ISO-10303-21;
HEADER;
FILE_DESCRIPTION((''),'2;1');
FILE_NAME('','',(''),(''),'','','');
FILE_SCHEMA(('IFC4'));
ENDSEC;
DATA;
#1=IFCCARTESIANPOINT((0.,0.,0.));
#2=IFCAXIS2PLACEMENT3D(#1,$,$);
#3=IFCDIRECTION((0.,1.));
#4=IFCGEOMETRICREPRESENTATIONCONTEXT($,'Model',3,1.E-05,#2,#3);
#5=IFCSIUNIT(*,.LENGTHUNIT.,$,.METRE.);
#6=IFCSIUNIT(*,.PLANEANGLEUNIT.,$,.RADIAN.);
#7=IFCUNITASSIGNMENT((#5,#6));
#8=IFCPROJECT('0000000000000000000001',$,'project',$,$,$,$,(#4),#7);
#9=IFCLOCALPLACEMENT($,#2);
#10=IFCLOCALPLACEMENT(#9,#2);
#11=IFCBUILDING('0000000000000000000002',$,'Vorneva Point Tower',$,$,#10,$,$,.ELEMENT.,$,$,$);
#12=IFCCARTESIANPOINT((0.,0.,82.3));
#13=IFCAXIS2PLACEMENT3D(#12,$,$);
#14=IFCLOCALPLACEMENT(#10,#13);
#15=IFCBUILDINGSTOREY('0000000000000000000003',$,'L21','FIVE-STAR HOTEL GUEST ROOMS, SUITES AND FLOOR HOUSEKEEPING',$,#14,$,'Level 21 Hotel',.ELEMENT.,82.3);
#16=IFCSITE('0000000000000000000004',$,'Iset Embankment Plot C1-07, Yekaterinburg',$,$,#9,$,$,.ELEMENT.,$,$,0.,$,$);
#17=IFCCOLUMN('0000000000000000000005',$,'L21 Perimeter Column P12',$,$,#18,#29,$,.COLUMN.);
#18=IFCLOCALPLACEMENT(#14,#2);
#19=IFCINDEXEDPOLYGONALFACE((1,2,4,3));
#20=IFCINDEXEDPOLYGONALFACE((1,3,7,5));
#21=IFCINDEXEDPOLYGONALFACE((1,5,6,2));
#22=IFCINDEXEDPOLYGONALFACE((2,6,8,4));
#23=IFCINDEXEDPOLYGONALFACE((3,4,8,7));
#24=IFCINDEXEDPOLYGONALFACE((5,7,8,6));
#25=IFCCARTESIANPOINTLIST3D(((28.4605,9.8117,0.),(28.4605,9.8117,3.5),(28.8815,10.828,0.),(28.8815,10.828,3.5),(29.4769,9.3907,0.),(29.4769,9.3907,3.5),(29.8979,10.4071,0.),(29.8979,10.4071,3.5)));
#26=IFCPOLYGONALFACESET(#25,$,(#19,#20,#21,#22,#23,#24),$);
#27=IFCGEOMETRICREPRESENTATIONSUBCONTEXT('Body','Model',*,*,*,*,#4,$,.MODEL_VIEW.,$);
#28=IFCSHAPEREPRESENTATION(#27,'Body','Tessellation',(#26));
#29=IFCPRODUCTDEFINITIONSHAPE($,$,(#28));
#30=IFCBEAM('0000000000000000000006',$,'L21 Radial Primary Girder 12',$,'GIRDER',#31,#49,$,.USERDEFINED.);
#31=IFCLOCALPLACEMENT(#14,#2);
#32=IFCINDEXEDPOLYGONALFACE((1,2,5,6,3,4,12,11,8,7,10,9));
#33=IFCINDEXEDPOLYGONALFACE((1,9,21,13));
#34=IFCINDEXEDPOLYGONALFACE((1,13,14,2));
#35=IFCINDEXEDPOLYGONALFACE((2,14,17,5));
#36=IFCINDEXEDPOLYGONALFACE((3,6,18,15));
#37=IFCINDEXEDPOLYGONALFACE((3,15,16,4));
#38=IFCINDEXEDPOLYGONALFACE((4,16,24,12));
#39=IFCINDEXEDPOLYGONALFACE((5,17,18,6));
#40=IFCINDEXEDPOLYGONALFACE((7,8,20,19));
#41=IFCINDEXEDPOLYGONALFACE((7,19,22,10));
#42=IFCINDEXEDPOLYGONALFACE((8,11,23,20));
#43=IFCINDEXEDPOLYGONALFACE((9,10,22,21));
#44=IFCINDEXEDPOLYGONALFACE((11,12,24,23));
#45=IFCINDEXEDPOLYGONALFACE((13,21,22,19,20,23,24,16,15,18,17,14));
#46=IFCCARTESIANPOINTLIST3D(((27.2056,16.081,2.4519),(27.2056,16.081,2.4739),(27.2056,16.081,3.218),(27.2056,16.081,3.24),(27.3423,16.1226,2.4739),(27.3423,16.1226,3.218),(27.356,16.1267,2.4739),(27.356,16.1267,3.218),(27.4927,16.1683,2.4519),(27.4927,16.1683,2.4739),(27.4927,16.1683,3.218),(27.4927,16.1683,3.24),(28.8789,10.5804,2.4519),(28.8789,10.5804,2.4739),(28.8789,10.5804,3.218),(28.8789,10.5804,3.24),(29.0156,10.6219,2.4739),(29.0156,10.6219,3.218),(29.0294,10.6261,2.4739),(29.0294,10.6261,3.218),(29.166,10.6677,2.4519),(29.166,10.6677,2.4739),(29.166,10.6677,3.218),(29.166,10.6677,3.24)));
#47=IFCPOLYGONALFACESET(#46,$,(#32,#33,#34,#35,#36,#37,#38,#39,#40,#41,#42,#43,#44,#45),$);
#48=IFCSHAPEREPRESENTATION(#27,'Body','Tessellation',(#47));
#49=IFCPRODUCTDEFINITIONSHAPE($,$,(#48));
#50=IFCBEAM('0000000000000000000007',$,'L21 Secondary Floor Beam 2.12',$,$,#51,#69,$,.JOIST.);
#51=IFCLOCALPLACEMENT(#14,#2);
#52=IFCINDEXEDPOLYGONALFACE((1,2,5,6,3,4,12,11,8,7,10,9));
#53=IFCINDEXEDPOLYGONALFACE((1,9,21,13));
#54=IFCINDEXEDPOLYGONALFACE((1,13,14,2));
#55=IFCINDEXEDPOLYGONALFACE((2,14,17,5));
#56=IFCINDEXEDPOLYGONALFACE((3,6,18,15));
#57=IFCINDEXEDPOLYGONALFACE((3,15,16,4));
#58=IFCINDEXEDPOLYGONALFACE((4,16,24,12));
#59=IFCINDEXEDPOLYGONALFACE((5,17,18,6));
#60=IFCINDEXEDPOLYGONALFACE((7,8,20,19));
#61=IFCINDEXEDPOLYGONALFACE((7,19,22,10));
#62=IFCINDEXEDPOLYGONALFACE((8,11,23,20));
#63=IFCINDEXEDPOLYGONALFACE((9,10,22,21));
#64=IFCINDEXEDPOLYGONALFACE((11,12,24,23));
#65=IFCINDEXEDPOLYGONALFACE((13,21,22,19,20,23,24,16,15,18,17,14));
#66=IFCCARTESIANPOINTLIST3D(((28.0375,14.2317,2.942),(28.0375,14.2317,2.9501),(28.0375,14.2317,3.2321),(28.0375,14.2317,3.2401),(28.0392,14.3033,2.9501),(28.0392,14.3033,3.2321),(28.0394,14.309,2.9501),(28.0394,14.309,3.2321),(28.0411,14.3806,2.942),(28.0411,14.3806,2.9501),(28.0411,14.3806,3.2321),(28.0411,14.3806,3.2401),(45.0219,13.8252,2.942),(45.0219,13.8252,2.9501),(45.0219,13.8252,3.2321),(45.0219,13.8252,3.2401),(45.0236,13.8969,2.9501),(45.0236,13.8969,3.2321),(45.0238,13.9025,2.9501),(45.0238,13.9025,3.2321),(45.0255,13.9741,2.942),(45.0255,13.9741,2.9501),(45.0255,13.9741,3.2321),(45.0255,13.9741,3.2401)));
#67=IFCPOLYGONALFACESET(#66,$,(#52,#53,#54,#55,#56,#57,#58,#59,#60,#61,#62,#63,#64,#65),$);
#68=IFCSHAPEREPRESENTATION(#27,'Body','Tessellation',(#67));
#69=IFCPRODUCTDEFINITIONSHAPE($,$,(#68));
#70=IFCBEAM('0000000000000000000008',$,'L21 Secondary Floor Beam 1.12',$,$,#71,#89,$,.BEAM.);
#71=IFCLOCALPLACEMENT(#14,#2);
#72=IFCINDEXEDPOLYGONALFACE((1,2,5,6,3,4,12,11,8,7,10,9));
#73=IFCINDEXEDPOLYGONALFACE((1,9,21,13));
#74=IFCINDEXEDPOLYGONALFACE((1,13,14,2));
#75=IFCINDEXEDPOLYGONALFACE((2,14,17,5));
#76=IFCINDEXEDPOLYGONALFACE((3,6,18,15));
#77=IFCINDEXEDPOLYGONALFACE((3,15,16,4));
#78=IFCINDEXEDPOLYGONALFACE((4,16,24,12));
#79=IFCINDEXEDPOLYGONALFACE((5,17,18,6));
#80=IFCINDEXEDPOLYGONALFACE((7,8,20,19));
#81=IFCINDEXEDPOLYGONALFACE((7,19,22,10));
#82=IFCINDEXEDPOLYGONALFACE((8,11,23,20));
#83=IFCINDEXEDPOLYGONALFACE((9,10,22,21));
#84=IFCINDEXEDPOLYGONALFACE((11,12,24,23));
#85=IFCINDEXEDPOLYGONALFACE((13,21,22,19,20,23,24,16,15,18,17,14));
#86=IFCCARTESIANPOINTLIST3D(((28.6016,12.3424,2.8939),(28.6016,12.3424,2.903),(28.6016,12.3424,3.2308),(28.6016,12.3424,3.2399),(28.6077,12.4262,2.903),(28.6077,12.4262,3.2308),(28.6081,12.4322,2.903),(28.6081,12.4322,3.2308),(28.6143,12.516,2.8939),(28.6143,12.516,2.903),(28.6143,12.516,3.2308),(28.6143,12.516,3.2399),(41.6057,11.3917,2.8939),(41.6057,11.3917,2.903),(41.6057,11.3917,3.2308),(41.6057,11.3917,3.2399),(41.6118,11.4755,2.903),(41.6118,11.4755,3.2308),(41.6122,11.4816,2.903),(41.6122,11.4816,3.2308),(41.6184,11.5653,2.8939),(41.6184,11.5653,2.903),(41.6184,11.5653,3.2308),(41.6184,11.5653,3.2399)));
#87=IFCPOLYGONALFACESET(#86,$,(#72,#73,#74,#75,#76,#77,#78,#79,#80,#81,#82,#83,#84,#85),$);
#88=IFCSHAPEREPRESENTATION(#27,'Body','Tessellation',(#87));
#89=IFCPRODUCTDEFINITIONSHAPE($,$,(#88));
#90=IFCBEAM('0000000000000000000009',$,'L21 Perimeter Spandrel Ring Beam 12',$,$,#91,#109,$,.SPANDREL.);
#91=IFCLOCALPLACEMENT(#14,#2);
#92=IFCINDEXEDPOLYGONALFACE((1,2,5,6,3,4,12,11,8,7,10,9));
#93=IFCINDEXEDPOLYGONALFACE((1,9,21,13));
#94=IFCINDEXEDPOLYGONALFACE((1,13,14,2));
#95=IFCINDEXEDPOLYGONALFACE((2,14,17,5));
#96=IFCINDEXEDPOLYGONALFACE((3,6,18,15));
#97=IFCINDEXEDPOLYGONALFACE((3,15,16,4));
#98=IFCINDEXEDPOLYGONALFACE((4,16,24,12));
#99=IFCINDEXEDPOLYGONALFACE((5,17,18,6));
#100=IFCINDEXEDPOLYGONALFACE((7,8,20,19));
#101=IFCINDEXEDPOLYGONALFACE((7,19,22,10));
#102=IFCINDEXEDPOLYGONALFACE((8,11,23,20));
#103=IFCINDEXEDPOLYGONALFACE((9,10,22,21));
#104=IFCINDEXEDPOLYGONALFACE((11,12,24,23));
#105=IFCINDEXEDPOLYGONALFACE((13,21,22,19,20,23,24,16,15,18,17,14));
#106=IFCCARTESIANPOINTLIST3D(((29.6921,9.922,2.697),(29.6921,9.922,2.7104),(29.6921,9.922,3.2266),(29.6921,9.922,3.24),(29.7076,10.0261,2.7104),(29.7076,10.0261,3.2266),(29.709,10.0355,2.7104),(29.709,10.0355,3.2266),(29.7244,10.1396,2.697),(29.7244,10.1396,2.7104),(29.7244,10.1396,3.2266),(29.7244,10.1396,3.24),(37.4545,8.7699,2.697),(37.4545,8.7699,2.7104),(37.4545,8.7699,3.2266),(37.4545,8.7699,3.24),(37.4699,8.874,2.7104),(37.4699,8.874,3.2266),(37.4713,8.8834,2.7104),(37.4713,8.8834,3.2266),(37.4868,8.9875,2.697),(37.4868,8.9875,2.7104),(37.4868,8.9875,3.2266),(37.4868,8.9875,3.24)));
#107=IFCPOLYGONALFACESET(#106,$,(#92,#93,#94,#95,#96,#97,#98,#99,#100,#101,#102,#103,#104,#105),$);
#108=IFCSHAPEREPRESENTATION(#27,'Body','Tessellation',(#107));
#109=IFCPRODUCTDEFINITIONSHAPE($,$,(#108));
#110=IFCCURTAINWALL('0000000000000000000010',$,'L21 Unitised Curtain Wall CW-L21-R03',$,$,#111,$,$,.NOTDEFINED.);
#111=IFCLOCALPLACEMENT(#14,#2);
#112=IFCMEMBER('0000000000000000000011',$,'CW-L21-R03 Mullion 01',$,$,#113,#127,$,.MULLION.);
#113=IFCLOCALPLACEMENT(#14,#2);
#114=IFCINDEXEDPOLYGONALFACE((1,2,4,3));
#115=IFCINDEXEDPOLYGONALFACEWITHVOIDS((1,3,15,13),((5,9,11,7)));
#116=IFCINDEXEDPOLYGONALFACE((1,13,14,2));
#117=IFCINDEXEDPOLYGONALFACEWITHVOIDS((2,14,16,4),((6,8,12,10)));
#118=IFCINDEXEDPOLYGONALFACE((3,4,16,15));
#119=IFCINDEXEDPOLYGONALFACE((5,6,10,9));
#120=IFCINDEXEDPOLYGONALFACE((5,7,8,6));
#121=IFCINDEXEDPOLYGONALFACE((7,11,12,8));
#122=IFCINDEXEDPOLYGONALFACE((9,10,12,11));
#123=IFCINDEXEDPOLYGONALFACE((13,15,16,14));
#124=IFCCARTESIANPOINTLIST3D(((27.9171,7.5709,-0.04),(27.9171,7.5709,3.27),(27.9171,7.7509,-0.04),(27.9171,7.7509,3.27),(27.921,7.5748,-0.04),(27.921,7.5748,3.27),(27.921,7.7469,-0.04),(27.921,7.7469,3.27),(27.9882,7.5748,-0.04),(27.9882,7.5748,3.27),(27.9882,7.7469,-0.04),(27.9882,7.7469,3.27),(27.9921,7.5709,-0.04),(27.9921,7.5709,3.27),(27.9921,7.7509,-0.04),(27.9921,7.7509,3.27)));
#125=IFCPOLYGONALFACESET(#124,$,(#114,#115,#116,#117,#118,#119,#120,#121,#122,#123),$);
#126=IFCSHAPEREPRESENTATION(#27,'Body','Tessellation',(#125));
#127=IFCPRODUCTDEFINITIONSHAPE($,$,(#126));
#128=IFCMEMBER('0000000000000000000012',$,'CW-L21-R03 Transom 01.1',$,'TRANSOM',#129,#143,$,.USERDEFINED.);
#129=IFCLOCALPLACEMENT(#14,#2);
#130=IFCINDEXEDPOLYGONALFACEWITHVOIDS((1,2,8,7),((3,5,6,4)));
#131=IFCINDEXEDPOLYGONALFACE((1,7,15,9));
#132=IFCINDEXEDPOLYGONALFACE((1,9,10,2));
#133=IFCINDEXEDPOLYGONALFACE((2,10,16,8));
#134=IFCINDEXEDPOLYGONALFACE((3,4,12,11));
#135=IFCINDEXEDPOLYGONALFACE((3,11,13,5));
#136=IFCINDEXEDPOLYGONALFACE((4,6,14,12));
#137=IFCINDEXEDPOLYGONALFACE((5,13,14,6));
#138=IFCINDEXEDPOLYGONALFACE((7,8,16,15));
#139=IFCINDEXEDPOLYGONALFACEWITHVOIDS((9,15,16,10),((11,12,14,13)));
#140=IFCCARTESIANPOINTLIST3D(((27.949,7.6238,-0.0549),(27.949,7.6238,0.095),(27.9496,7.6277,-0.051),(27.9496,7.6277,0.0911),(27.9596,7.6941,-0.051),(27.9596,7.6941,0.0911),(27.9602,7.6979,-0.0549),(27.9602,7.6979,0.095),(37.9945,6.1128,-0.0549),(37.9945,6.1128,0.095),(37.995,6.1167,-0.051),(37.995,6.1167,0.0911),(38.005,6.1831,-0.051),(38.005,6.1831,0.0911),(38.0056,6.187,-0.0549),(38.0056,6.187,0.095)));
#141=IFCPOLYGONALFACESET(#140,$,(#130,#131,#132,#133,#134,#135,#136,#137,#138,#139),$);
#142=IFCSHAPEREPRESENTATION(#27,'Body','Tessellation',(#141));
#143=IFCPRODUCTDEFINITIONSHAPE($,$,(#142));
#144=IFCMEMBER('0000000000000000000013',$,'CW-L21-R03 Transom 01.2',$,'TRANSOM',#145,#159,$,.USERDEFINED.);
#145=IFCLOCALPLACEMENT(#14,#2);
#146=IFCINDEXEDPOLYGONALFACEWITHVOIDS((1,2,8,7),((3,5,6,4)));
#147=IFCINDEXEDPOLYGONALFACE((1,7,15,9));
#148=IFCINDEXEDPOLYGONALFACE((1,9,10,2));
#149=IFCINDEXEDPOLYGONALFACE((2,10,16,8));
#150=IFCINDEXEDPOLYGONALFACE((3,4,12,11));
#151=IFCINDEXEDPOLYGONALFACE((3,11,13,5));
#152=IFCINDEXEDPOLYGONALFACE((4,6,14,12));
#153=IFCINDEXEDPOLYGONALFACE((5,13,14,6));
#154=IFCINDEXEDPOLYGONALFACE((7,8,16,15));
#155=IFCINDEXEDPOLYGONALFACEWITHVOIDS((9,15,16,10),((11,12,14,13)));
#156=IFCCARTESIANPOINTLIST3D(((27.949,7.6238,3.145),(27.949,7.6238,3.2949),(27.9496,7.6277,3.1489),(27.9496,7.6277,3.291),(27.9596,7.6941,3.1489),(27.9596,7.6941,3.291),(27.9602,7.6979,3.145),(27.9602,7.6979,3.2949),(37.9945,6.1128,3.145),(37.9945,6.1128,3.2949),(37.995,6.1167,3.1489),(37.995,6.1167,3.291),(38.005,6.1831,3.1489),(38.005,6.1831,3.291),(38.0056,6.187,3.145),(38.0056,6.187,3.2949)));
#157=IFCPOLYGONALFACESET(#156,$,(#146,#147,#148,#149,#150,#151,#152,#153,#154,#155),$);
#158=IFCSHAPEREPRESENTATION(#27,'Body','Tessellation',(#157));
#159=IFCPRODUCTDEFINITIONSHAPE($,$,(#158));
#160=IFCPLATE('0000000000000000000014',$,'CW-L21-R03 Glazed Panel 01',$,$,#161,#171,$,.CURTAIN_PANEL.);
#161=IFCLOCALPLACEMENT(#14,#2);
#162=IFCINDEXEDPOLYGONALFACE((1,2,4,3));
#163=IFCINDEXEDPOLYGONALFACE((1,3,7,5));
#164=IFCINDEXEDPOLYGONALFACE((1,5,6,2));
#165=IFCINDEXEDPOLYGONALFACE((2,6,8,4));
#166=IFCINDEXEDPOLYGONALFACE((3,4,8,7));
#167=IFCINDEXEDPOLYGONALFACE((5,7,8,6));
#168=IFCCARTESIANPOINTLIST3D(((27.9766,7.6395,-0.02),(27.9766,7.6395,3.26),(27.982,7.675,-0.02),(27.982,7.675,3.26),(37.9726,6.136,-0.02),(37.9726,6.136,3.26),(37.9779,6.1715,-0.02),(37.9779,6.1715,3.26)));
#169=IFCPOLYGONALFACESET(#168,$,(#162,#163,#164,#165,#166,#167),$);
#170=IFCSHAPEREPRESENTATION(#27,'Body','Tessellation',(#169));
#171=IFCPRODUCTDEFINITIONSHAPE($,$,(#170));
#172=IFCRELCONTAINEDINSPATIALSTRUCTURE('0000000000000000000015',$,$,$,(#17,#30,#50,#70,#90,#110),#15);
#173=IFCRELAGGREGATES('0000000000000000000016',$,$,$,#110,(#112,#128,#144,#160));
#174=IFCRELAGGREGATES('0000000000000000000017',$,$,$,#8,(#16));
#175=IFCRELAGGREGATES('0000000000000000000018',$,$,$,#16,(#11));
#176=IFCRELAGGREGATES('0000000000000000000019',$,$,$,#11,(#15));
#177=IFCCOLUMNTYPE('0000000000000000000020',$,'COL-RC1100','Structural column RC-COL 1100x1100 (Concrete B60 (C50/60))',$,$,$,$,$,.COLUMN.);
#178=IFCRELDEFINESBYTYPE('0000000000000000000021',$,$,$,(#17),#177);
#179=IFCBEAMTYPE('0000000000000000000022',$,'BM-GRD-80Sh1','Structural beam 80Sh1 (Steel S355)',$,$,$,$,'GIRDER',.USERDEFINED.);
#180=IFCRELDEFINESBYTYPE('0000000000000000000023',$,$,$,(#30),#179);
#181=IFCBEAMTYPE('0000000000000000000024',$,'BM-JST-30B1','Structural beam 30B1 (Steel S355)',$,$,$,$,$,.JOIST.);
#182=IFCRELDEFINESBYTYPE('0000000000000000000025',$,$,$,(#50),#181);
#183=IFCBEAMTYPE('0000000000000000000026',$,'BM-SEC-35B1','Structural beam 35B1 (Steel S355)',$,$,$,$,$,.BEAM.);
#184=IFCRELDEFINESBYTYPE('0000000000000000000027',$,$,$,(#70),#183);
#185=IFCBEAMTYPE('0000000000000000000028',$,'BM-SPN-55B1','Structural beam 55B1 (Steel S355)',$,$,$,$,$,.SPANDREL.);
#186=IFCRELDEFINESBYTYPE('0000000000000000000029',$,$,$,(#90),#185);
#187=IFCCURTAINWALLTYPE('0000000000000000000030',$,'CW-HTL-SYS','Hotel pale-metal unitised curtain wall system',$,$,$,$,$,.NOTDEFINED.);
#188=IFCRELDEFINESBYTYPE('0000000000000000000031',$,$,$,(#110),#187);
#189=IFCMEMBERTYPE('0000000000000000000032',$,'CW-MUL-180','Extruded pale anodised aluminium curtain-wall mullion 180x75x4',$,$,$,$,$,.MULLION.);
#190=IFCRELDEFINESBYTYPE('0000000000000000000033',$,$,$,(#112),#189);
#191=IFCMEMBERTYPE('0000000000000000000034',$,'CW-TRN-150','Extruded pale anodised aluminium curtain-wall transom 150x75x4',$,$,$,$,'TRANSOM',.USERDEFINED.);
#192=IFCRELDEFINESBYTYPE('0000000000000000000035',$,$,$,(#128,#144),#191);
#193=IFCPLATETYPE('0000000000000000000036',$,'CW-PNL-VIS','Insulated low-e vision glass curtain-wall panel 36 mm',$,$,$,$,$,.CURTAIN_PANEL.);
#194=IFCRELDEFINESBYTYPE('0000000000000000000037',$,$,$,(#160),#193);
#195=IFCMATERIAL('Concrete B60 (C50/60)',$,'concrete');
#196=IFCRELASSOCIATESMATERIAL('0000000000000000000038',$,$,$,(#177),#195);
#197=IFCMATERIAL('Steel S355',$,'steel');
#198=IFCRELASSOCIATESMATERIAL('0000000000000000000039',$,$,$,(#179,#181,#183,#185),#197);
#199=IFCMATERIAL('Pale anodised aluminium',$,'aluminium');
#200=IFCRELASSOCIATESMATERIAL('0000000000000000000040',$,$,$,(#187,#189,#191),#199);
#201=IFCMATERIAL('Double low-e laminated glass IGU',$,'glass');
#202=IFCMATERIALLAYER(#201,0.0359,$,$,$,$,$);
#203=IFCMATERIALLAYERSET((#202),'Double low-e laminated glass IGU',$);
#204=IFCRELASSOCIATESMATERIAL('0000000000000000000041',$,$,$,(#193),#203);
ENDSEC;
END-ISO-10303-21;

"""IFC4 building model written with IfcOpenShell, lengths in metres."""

from ifc_helpers import new_model, si_unit, direction, frame, origin, origin_2d, place, context, subcontext, project, spatial, rectangle, hollow_rectangle, i_section, extrude, material, layer, layer_set, material_profile, profile_set, type_object, element, aggregate, save


model = new_model("IFC4")

# Units and contexts
model_context = context("Model", 3, precision=1e-05, world=origin(), true_north=direction((0.0, 1.0)))
body_context = subcontext(model_context, "Body", "Model", "MODEL_VIEW")
ifc_project = project(units=[si_unit("LENGTHUNIT", "METRE"), si_unit("PLANEANGLEUNIT", "RADIAN")], contexts=[model_context])

# Site, building, storey
site_placement = place(None, origin())
site = spatial("IfcSite", under=ifc_project, at=site_placement, Name="Iset Embankment Plot C1-07, Yekaterinburg", CompositionType="ELEMENT", RefElevation=0.0)
building_placement = place(site_placement, origin())
building = spatial("IfcBuilding", under=site, at=building_placement, Name="Vorneva Point Tower", CompositionType="ELEMENT")
storey_placement = place(building_placement, frame((0.0, 0.0, 82.3)))
storey = spatial("IfcBuildingStorey", under=building, at=storey_placement, Name="L21", Description="FIVE-STAR HOTEL GUEST ROOMS, SUITES AND FLOOR HOUSEKEEPING", LongName="Level 21 Hotel", CompositionType="ELEMENT", Elevation=82.3)

# Column
ifc_material_1 = material(Name="Concrete B60 (C50/60)", Category="concrete")
ifc_material_profile_1 = material_profile(ifc_material_1, rectangle(XDim=1.1001, YDim=1.1001, at=origin_2d()), Name="RC-COL 1100x1100")
ifc_profile_set_1 = profile_set([ifc_material_profile_1], Name="Concrete B60 (C50/60)")
column_type = type_object("IfcColumnType", Name="COL-RC1100", Description="Structural column RC-COL 1100x1100 (Concrete B60 (C50/60))", PredefinedType="COLUMN", material=ifc_profile_set_1)
column_placement = place(storey_placement, frame((29.1792, 10.1094, 0.0), z_axis=(0.0, 0.0, 1.0), x_axis=(-0.382683, -0.92388, 0.0)))
element("IfcColumn", 1, at=column_placement, inside=storey, type_object=column_type, Name="L21 Perimeter Column P12", PredefinedType="COLUMN", context=body_context, shape_type="SweptSolid", body=[
    extrude(rectangle(XDim=1.1001, YDim=1.1001, at=origin_2d()), origin(), (0.0, 0.0, 1.0), 3.5),
])

# Beams
ifc_material_2 = material(Name="Steel S355", Category="steel")
ifc_material_profile_2 = material_profile(ifc_material_2, i_section(OverallWidth=0.3, OverallDepth=0.7881, WebThickness=0.0144, FlangeThickness=0.022, at=origin_2d()), Name="80Sh1")
ifc_profile_set_2 = profile_set([ifc_material_profile_2], Name="Steel S355")
beam_type_1 = type_object("IfcBeamType", Name="BM-GRD-80Sh1", Description="Structural beam 80Sh1 (Steel S355)", ElementType="GIRDER", PredefinedType="USERDEFINED", material=ifc_profile_set_2)
beam_1_placement = place(storey_placement, frame((29.0225, 10.624, 2.8459), z_axis=(-0.291035, 0.956712, 0.0), x_axis=(-0.956712, -0.291035, 0.0)))
element("IfcBeam", 2, at=beam_1_placement, inside=storey, type_object=beam_type_1, Name="L21 Radial Primary Girder 12", ObjectType="GIRDER", PredefinedType="USERDEFINED", context=body_context, shape_type="SweptSolid", body=[
    extrude(i_section(OverallWidth=0.3, OverallDepth=0.7881, WebThickness=0.0144, FlangeThickness=0.022, at=origin_2d()), origin(), (0.0, 0.0, 1.0), 5.7495),
])
ifc_material_profile_3 = material_profile(ifc_material_2, i_section(OverallWidth=0.1489, OverallDepth=0.2981, WebThickness=0.0056, FlangeThickness=0.0081, at=origin_2d()), Name="30B1")
ifc_profile_set_3 = profile_set([ifc_material_profile_3], Name="Steel S355")
beam_type_2 = type_object("IfcBeamType", Name="BM-JST-30B1", Description="Structural beam 30B1 (Steel S355)", PredefinedType="JOIST", material=ifc_profile_set_3)
beam_2_placement = place(storey_placement, frame((28.0393, 14.3062, 3.0911), z_axis=(0.999714, -0.023927, 0.0), x_axis=(0.023927, 0.999714, 0.0)))
element("IfcBeam", 3, at=beam_2_placement, inside=storey, type_object=beam_type_2, Name="L21 Secondary Floor Beam 2.12", PredefinedType="JOIST", context=body_context, shape_type="SweptSolid", body=[
    extrude(i_section(OverallWidth=0.1489, OverallDepth=0.2981, WebThickness=0.0056, FlangeThickness=0.0081, at=origin_2d()), origin(), (0.0, 0.0, 1.0), 16.9893),
])
ifc_material_profile_4 = material_profile(ifc_material_2, i_section(OverallWidth=0.1741, OverallDepth=0.3459, WebThickness=0.0061, FlangeThickness=0.009, at=origin_2d()), Name="35B1")
ifc_profile_set_4 = profile_set([ifc_material_profile_4], Name="Steel S355")
beam_type_3 = type_object("IfcBeamType", Name="BM-SEC-35B1", Description="Structural beam 35B1 (Steel S355)", PredefinedType="BEAM", material=ifc_profile_set_4)
beam_3_placement = place(storey_placement, frame((28.6079, 12.4292, 3.0669), z_axis=(0.997338, -0.072912, 0.0), x_axis=(0.072912, 0.997338, 0.0)))
element("IfcBeam", 4, at=beam_3_placement, inside=storey, type_object=beam_type_3, Name="L21 Secondary Floor Beam 1.12", PredefinedType="BEAM", context=body_context, shape_type="SweptSolid", body=[
    extrude(i_section(OverallWidth=0.1741, OverallDepth=0.3459, WebThickness=0.0061, FlangeThickness=0.009, at=origin_2d()), origin(), (0.0, 0.0, 1.0), 13.0388),
])
ifc_material_profile_5 = material_profile(ifc_material_2, i_section(OverallWidth=0.22, OverallDepth=0.543, WebThickness=0.0095, FlangeThickness=0.0134, at=origin_2d()), Name="55B1")
ifc_profile_set_5 = profile_set([ifc_material_profile_5], Name="Steel S355")
beam_type_4 = type_object("IfcBeamType", Name="BM-SPN-55B1", Description="Structural beam 55B1 (Steel S355)", PredefinedType="SPANDREL", material=ifc_profile_set_5)
beam_4_placement = place(storey_placement, frame((29.7083, 10.0308, 2.9685), z_axis=(0.989165, -0.146811, 0.0), x_axis=(0.146811, 0.989165, 0.0)))
element("IfcBeam", 5, at=beam_4_placement, inside=storey, type_object=beam_type_4, Name="L21 Perimeter Spandrel Ring Beam 12", PredefinedType="SPANDREL", context=body_context, shape_type="SweptSolid", body=[
    extrude(i_section(OverallWidth=0.22, OverallDepth=0.543, WebThickness=0.0095, FlangeThickness=0.0134, at=origin_2d()), origin(), (0.0, 0.0, 1.0), 7.8474),
])

# Curtain wall, members, plate
ifc_material_3 = material(Name="Pale anodised aluminium", Category="aluminium")
curtain_wall_type = type_object("IfcCurtainWallType", Name="CW-HTL-SYS", Description="Hotel pale-metal unitised curtain wall system", PredefinedType="NOTDEFINED", material=ifc_material_3)
curtain_wall_placement = place(storey_placement, origin())
curtain_wall = element("IfcCurtainWall", 6, at=curtain_wall_placement, inside=storey, type_object=curtain_wall_type, Name="L21 Unitised Curtain Wall CW-L21-R03", PredefinedType="NOTDEFINED")
ifc_material_profile_6 = material_profile(ifc_material_3, hollow_rectangle(XDim=0.075, YDim=0.1799, WallThickness=0.0039, at=origin_2d()), Name="AL-MUL 180x75x4")
ifc_profile_set_6 = profile_set([ifc_material_profile_6], Name="Pale anodised aluminium")
member_type_1 = type_object("IfcMemberType", Name="CW-MUL-180", Description="Extruded pale anodised aluminium curtain-wall mullion 180x75x4", PredefinedType="MULLION", material=ifc_profile_set_6)
member_1_placement = place(storey_placement, frame((27.9546, 7.6609, -0.04), z_axis=(0.0, 0.0, 1.0), x_axis=(1.0, 0.0, 0.0)))
member_1 = element("IfcMember", 7, at=member_1_placement, type_object=member_type_1, Name="CW-L21-R03 Mullion 01", PredefinedType="MULLION", context=body_context, shape_type="SweptSolid", body=[
    extrude(hollow_rectangle(XDim=0.075, YDim=0.1799, WallThickness=0.0039, at=origin_2d()), origin(), (0.0, 0.0, 1.0), 3.3101),
])
ifc_material_profile_7 = material_profile(ifc_material_3, hollow_rectangle(XDim=0.075, YDim=0.1499, WallThickness=0.0039, at=origin_2d()), Name="AL-TRN 150x75x4")
ifc_profile_set_7 = profile_set([ifc_material_profile_7], Name="Pale anodised aluminium")
member_type_2 = type_object("IfcMemberType", Name="CW-TRN-150", Description="Extruded pale anodised aluminium curtain-wall transom 150x75x4", ElementType="TRANSOM", PredefinedType="USERDEFINED", material=ifc_profile_set_7)
member_2_placement = place(storey_placement, frame((27.9546, 7.6609, 0.02), z_axis=(0.988876, -0.148742, 0.0), x_axis=(0.148742, 0.988876, 0.0)))
member_2 = element("IfcMember", 8, at=member_2_placement, type_object=member_type_2, Name="CW-L21-R03 Transom 01.1", ObjectType="TRANSOM", PredefinedType="USERDEFINED", context=body_context, shape_type="SweptSolid", body=[
    extrude(hollow_rectangle(XDim=0.075, YDim=0.1499, WallThickness=0.0039, at=origin_2d()), origin(), (0.0, 0.0, 1.0), 10.1584),
])
member_3_placement = place(storey_placement, frame((27.9546, 7.6609, 3.22), z_axis=(0.988876, -0.148742, 0.0), x_axis=(0.148742, 0.988876, 0.0)))
member_3 = element("IfcMember", 9, at=member_3_placement, type_object=member_type_2, Name="CW-L21-R03 Transom 01.2", ObjectType="TRANSOM", PredefinedType="USERDEFINED", context=body_context, shape_type="SweptSolid", body=[
    extrude(hollow_rectangle(XDim=0.075, YDim=0.1499, WallThickness=0.0039, at=origin_2d()), origin(), (0.0, 0.0, 1.0), 10.1584),
])
ifc_material_4 = material(Name="Double low-e laminated glass IGU", Category="glass")
ifc_layer_1 = layer(ifc_material_4, 0.0359)
ifc_layer_set_1 = layer_set([ifc_layer_1], Name="Double low-e laminated glass IGU")
plate_type = type_object("IfcPlateType", Name="CW-PNL-VIS", Description="Insulated low-e vision glass curtain-wall panel 36 mm", PredefinedType="CURTAIN_PANEL", material=ifc_layer_set_1)
plate_placement = place(storey_placement, frame((32.9773, 6.9055, -0.02), z_axis=(0.0, 0.0, 1.0), x_axis=(0.988876, -0.148741, 0.0)))
plate = element("IfcPlate", 10, at=plate_placement, type_object=plate_type, Name="CW-L21-R03 Glazed Panel 01", PredefinedType="CURTAIN_PANEL", context=body_context, shape_type="SweptSolid", body=[
    extrude(rectangle(XDim=10.1084, YDim=0.0359, at=origin_2d()), origin(), (0.0, 0.0, 1.0), 3.28),
])
aggregate(curtain_wall, [member_1, member_2, member_3, plate])

save(model, "model.ifc")
